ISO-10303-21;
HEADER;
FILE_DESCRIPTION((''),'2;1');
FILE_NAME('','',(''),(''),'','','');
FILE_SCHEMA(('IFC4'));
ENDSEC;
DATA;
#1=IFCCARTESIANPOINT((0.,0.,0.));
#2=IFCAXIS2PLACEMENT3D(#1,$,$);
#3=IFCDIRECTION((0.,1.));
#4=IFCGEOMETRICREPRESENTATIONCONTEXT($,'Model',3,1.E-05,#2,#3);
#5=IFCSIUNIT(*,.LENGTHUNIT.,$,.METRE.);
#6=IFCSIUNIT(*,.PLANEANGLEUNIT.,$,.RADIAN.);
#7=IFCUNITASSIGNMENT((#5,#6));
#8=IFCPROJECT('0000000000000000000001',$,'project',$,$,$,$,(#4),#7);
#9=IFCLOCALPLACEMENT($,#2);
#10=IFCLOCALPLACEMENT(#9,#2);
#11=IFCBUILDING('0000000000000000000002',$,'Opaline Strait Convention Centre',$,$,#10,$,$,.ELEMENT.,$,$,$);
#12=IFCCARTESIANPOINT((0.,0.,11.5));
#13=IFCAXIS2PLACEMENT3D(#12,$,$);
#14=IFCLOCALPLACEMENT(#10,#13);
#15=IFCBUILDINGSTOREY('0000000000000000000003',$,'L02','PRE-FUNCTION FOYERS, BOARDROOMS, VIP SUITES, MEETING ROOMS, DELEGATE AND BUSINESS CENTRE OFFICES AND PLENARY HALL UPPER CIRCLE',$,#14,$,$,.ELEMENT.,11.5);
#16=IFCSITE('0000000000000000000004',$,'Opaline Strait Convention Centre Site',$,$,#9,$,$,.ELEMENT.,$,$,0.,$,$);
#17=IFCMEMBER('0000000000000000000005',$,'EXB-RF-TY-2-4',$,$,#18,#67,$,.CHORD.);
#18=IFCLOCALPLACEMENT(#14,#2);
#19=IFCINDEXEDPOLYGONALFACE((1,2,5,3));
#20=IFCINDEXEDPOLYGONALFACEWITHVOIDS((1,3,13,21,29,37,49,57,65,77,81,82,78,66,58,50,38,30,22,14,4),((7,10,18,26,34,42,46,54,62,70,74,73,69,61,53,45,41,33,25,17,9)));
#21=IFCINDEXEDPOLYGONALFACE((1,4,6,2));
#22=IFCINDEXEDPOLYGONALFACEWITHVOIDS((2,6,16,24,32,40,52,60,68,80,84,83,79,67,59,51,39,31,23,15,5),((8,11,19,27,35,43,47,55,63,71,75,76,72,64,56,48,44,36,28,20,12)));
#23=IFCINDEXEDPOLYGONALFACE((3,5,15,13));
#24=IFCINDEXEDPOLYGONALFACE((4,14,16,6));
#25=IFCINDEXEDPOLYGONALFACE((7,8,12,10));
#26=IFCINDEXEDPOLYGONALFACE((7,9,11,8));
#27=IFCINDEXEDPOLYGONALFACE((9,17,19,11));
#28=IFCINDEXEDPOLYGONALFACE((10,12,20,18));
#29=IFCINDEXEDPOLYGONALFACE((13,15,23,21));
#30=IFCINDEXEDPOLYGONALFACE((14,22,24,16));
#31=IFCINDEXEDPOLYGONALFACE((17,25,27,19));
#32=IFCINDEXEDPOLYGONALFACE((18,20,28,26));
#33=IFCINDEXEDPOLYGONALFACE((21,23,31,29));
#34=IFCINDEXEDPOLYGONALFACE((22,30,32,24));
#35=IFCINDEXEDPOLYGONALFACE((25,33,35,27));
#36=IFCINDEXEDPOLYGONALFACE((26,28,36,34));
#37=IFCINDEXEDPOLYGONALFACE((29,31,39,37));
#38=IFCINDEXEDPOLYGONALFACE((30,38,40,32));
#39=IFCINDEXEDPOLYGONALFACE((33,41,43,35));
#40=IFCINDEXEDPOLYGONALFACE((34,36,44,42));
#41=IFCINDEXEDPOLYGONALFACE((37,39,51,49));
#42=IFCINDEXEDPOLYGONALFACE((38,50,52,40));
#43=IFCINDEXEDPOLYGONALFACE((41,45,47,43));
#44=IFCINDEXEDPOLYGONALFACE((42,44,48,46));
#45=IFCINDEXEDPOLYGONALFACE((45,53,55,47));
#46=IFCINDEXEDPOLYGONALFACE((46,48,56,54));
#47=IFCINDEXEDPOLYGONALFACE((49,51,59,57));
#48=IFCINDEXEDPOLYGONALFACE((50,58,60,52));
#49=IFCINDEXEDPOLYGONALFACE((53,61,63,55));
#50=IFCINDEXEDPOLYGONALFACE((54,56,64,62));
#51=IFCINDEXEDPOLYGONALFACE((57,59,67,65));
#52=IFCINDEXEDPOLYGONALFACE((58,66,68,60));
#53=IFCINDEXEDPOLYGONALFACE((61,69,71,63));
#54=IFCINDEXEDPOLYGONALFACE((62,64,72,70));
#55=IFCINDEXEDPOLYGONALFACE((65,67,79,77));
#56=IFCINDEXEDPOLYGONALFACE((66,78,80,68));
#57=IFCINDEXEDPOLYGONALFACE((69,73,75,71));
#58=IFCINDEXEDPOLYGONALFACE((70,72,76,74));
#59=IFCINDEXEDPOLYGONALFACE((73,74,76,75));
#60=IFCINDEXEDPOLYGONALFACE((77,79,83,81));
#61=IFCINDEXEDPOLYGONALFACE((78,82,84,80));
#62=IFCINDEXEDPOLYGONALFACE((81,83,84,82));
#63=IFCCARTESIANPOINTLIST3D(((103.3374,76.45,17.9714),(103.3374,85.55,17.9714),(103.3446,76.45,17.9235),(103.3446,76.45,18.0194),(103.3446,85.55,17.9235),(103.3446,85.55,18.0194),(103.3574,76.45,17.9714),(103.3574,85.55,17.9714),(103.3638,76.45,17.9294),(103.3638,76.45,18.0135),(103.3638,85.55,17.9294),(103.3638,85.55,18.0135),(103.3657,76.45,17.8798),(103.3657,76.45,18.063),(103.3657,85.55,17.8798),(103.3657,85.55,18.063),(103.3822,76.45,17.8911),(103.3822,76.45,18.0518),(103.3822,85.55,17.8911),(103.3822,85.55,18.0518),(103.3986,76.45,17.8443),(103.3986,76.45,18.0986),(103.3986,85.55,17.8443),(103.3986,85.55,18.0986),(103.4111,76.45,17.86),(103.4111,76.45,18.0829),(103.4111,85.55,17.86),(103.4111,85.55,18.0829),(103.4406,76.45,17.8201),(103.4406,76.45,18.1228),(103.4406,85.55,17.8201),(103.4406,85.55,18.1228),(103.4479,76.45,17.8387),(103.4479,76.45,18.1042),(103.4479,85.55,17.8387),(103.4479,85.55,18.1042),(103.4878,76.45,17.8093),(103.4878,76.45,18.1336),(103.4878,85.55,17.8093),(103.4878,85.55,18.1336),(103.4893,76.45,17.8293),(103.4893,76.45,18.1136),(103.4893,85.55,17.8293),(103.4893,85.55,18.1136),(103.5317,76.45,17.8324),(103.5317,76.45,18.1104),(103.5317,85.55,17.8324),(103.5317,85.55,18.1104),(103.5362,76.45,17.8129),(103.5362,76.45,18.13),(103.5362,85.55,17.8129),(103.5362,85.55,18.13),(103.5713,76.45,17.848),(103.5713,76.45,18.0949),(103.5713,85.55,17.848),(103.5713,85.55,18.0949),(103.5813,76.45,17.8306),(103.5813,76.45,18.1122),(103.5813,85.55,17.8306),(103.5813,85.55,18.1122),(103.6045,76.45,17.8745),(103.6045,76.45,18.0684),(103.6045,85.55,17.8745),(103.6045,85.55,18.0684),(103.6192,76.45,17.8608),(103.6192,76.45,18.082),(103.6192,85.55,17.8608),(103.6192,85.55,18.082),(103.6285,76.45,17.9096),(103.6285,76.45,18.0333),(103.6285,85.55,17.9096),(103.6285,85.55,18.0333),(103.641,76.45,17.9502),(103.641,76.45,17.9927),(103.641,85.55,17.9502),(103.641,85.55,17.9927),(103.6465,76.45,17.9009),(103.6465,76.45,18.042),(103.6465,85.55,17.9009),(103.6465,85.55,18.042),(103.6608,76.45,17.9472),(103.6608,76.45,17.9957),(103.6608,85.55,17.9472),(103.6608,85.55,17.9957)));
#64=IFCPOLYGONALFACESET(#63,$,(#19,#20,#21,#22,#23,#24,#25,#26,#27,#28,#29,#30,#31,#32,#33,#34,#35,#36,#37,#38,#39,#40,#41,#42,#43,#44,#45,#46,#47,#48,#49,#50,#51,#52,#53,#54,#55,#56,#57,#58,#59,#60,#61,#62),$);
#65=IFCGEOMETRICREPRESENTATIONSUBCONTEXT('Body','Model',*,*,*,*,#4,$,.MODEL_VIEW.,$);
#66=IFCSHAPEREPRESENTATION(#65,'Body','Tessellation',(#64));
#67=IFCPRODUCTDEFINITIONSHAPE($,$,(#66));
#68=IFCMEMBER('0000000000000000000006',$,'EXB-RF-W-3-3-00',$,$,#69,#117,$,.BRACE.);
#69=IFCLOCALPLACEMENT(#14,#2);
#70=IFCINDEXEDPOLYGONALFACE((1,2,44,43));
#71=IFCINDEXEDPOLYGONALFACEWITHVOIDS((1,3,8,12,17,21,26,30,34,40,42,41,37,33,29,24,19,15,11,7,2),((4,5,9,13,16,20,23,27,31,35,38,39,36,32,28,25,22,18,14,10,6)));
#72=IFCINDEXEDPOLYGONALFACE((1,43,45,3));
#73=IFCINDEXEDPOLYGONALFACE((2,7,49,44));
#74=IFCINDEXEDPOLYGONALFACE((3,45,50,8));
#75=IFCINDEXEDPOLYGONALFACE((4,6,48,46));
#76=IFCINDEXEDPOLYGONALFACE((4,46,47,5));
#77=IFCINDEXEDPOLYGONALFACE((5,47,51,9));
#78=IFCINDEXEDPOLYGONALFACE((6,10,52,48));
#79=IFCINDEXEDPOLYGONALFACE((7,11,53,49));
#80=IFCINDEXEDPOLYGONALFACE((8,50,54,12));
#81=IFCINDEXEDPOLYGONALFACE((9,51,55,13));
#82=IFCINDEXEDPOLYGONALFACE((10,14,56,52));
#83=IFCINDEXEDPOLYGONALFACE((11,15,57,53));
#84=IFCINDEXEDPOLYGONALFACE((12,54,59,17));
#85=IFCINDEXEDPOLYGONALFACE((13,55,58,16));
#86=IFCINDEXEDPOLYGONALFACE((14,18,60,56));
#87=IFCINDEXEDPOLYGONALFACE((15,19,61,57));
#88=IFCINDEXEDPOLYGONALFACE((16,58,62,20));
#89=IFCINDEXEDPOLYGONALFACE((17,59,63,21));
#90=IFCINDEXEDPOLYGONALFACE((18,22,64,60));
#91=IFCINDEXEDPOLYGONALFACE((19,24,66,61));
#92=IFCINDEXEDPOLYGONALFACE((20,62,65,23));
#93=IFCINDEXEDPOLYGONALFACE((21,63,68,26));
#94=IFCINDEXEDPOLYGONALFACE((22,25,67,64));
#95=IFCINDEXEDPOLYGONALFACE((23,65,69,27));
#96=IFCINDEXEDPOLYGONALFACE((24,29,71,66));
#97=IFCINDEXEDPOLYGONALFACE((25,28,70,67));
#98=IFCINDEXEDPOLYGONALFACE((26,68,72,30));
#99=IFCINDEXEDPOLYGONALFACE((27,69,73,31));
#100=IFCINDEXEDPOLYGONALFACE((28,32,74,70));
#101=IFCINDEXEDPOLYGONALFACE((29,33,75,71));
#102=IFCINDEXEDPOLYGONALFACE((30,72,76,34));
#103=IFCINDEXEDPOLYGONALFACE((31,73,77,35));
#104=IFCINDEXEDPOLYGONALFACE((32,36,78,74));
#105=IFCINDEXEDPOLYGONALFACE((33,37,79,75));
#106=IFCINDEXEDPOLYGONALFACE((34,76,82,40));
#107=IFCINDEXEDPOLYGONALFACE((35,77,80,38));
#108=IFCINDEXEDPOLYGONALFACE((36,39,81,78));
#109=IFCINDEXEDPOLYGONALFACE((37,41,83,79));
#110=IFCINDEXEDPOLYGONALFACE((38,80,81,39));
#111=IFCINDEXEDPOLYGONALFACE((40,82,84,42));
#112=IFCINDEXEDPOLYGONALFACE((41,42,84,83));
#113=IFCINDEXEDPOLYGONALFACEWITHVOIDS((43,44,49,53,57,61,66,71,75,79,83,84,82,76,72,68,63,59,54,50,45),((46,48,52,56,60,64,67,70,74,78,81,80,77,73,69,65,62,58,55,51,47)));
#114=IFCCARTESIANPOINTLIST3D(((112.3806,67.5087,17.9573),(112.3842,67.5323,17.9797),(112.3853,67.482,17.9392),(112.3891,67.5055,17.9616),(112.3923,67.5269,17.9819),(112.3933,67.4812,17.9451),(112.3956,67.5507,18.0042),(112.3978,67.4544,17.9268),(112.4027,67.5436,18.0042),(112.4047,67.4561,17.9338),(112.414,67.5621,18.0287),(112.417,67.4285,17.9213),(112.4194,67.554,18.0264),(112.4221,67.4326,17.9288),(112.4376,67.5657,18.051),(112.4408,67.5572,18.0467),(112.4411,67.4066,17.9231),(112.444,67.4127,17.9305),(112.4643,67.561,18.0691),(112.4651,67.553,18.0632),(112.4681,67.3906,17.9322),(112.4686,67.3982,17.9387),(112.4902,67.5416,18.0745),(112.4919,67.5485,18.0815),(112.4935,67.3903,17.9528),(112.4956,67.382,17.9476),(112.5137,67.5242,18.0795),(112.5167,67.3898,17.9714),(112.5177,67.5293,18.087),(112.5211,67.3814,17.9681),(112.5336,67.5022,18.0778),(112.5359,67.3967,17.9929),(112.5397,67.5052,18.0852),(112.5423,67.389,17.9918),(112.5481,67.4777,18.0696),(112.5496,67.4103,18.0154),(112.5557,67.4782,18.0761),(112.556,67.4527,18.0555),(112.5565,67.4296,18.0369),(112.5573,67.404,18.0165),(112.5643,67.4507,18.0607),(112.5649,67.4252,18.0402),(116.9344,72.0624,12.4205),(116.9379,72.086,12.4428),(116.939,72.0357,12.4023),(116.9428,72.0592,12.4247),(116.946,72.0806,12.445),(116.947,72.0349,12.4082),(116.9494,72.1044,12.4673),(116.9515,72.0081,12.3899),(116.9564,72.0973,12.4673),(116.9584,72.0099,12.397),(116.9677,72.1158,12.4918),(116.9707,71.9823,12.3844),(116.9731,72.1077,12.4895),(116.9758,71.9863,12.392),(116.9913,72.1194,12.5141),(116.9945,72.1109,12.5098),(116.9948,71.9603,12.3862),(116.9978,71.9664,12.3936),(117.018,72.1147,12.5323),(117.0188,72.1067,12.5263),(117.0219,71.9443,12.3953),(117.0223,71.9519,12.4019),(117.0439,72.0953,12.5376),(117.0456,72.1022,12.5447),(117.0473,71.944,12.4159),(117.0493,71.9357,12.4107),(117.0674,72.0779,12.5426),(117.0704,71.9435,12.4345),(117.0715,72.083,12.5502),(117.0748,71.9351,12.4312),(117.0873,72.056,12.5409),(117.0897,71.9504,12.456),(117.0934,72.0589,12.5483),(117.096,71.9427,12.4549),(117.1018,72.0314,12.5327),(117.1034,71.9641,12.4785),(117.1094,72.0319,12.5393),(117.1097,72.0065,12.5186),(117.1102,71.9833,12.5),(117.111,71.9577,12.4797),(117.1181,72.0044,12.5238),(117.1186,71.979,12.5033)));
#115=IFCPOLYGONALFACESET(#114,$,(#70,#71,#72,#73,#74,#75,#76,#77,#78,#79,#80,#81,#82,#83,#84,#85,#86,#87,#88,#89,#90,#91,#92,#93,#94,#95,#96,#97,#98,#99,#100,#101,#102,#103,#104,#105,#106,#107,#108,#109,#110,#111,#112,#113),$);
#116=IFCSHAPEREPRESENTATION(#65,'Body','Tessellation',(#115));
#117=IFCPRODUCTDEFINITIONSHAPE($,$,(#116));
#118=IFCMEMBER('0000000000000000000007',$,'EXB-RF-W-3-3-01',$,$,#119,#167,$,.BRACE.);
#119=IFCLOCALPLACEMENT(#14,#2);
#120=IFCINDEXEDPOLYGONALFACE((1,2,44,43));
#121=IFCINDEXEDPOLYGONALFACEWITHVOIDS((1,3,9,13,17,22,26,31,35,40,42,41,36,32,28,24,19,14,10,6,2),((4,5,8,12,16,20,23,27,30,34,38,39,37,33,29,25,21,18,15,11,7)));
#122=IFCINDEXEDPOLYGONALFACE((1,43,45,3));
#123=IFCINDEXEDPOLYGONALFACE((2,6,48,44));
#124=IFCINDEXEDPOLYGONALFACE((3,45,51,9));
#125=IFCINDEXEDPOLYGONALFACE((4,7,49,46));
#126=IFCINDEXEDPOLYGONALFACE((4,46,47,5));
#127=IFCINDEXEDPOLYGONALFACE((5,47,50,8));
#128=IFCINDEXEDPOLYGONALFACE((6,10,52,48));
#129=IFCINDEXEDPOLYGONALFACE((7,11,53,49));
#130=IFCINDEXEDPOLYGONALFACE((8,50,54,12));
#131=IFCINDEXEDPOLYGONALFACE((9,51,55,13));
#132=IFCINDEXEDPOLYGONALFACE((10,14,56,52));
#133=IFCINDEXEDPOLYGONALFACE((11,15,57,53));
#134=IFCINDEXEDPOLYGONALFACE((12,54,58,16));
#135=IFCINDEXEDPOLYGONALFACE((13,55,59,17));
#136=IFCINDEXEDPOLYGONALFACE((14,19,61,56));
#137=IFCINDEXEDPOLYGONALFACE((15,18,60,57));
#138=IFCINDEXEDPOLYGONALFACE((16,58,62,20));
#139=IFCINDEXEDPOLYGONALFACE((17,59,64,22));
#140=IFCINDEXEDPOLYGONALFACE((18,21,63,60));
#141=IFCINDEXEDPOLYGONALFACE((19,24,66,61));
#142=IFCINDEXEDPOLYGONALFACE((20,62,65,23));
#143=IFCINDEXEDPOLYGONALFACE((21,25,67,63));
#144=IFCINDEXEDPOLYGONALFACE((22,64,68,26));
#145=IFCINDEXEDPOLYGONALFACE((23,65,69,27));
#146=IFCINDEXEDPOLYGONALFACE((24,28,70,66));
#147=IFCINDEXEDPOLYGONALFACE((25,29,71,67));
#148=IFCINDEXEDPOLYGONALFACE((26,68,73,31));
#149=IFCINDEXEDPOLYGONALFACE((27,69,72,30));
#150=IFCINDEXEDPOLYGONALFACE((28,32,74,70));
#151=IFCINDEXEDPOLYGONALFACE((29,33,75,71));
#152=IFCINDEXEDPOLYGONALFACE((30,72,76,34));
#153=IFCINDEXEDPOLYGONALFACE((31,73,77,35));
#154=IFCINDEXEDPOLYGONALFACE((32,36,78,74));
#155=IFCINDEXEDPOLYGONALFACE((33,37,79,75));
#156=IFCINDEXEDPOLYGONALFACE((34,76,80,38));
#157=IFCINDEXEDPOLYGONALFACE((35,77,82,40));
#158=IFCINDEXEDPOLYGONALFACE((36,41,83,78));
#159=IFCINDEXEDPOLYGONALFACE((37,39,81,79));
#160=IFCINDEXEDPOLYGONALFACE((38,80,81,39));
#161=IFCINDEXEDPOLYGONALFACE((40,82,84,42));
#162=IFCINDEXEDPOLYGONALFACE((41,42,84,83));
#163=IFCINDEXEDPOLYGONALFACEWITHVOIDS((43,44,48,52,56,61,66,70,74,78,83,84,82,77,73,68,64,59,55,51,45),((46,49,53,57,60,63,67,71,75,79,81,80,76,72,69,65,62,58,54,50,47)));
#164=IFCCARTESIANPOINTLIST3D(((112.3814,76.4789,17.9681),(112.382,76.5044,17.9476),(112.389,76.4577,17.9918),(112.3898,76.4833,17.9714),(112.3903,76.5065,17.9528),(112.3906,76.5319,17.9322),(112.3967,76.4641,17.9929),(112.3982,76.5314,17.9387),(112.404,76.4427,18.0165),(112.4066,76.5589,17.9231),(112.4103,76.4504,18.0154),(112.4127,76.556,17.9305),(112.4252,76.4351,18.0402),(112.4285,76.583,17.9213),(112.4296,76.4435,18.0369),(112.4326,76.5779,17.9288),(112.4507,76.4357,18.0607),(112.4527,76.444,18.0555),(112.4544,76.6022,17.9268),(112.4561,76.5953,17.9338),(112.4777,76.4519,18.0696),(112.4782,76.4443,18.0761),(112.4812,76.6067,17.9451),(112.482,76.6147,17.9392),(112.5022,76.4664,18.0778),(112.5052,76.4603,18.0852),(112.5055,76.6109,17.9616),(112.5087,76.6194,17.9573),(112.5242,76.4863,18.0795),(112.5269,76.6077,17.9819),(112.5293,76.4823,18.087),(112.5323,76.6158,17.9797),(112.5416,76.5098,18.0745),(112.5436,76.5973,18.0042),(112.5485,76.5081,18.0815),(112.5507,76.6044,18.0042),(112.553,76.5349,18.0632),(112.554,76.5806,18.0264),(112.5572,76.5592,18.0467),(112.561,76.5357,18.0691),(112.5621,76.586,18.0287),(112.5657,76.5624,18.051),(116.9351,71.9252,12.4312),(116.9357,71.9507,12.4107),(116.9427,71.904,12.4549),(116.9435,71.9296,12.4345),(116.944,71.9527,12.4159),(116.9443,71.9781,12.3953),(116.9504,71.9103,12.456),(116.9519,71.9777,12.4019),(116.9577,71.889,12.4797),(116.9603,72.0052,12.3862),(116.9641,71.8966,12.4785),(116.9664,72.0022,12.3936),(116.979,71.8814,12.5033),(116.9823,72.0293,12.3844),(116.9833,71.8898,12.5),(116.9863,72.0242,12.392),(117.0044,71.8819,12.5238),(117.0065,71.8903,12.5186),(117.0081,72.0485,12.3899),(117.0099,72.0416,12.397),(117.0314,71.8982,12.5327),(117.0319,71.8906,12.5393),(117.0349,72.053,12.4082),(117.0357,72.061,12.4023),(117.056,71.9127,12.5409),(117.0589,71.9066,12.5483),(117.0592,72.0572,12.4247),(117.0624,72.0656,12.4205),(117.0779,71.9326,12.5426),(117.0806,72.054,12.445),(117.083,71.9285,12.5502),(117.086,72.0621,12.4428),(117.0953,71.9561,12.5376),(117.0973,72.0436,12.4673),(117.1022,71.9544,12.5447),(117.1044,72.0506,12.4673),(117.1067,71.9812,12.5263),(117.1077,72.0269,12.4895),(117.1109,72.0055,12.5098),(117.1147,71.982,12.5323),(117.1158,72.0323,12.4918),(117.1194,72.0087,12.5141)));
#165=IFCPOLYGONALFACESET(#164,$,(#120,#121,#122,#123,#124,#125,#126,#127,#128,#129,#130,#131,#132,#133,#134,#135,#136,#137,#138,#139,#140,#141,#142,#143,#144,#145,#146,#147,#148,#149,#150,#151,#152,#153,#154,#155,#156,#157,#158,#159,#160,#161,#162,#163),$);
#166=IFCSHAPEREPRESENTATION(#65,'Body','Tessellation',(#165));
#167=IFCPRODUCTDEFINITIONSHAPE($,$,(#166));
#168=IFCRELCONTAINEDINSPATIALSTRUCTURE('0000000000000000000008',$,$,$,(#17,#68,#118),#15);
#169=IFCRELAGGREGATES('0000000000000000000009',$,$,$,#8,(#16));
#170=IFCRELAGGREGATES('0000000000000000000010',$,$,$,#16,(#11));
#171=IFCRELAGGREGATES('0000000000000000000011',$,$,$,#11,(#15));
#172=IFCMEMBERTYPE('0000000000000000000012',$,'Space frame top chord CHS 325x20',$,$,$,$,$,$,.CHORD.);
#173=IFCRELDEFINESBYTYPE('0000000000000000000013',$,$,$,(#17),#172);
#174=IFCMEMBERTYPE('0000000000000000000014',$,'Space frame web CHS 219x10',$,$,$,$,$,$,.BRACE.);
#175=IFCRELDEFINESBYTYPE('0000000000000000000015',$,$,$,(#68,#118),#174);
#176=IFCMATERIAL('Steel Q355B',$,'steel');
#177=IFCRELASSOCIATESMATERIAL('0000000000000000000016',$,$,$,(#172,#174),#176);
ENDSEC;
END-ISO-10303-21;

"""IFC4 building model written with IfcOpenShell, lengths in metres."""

from ifc_helpers import new_model, si_unit, direction, frame, origin, origin_2d, place, context, subcontext, project, spatial, hollow_circle, extrude, material, material_profile, profile_set, type_object, element, save


model = new_model("IFC4")

# Units and contexts
model_context = context("Model", 3, precision=1e-05, world=origin(), true_north=direction((0.0, 1.0)))
body_context = subcontext(model_context, "Body", "Model", "MODEL_VIEW")
ifc_project = project(units=[si_unit("LENGTHUNIT", "METRE"), si_unit("PLANEANGLEUNIT", "RADIAN")], contexts=[model_context])

# Site, building, storey
site_placement = place(None, origin())
site = spatial("IfcSite", under=ifc_project, at=site_placement, Name="Opaline Strait Convention Centre Site", CompositionType="ELEMENT", RefElevation=0.0)
building_placement = place(site_placement, origin())
building = spatial("IfcBuilding", under=site, at=building_placement, Name="Opaline Strait Convention Centre", CompositionType="ELEMENT")
storey_placement = place(building_placement, frame((0.0, 0.0, 11.5)))
storey = spatial("IfcBuildingStorey", under=building, at=storey_placement, Name="L02", Description="PRE-FUNCTION FOYERS, BOARDROOMS, VIP SUITES, MEETING ROOMS, DELEGATE AND BUSINESS CENTRE OFFICES AND PLENARY HALL UPPER CIRCLE", CompositionType="ELEMENT", Elevation=11.5)

# Members
ifc_material_1 = material(Name="Steel Q355B", Category="steel")
ifc_material_profile_1 = material_profile(ifc_material_1, hollow_circle(Radius=0.1626, WallThickness=0.02, at=origin_2d()), Name="CHS 325x20")
ifc_profile_set_1 = profile_set([ifc_material_profile_1], Name="Steel Q355B")
member_type_1 = type_object("IfcMemberType", Name="Space frame top chord CHS 325x20", PredefinedType="CHORD", material=ifc_profile_set_1)
for number, where, z_axis, x_axis, name in (
    (1, (103.5, 76.45, 17.9714), (0.0, 1.0, 0.0), (-1.0, 0.0, 0.0), "EXB-RF-TY-2-4"),
):
    element("IfcMember", number, at=place(storey_placement, frame(where, z_axis=z_axis, x_axis=x_axis)), inside=storey, type_object=member_type_1, Name=name, PredefinedType="CHORD", context=body_context, shape_type="SweptSolid", body=[
        extrude(hollow_circle(Radius=0.1626, WallThickness=0.02, at=origin_2d()), origin(), (0.0, 0.0, 1.0), 9.1001),
    ])
ifc_material_profile_2 = material_profile(ifc_material_1, hollow_circle(Radius=0.1096, WallThickness=0.01, at=origin_2d()), Name="CHS 219x10")
ifc_profile_set_2 = profile_set([ifc_material_profile_2], Name="Steel Q355B")
member_type_2 = type_object("IfcMemberType", Name="Space frame web CHS 219x10", PredefinedType="BRACE", material=ifc_profile_set_2)
for number, where, z_axis, x_axis, name in (
    (2, (112.4731, 67.4731, 18.0042), (0.536178, 0.536178, -0.65194), (-0.707107, 0.707107, 0.0), "EXB-RF-W-3-3-00"),
    (3, (112.4731, 76.5269, 18.0042), (0.536178, -0.536178, -0.65194), (0.707107, 0.707107, 0.0), "EXB-RF-W-3-3-01"),
):
    element("IfcMember", number, at=place(storey_placement, frame(where, z_axis=z_axis, x_axis=x_axis)), inside=storey, type_object=member_type_2, Name=name, PredefinedType="BRACE", context=body_context, shape_type="SweptSolid", body=[
        extrude(hollow_circle(Radius=0.1096, WallThickness=0.01, at=origin_2d()), origin(), (0.0, 0.0, 1.0), 8.4929),
    ])

save(model, "model.ifc")
